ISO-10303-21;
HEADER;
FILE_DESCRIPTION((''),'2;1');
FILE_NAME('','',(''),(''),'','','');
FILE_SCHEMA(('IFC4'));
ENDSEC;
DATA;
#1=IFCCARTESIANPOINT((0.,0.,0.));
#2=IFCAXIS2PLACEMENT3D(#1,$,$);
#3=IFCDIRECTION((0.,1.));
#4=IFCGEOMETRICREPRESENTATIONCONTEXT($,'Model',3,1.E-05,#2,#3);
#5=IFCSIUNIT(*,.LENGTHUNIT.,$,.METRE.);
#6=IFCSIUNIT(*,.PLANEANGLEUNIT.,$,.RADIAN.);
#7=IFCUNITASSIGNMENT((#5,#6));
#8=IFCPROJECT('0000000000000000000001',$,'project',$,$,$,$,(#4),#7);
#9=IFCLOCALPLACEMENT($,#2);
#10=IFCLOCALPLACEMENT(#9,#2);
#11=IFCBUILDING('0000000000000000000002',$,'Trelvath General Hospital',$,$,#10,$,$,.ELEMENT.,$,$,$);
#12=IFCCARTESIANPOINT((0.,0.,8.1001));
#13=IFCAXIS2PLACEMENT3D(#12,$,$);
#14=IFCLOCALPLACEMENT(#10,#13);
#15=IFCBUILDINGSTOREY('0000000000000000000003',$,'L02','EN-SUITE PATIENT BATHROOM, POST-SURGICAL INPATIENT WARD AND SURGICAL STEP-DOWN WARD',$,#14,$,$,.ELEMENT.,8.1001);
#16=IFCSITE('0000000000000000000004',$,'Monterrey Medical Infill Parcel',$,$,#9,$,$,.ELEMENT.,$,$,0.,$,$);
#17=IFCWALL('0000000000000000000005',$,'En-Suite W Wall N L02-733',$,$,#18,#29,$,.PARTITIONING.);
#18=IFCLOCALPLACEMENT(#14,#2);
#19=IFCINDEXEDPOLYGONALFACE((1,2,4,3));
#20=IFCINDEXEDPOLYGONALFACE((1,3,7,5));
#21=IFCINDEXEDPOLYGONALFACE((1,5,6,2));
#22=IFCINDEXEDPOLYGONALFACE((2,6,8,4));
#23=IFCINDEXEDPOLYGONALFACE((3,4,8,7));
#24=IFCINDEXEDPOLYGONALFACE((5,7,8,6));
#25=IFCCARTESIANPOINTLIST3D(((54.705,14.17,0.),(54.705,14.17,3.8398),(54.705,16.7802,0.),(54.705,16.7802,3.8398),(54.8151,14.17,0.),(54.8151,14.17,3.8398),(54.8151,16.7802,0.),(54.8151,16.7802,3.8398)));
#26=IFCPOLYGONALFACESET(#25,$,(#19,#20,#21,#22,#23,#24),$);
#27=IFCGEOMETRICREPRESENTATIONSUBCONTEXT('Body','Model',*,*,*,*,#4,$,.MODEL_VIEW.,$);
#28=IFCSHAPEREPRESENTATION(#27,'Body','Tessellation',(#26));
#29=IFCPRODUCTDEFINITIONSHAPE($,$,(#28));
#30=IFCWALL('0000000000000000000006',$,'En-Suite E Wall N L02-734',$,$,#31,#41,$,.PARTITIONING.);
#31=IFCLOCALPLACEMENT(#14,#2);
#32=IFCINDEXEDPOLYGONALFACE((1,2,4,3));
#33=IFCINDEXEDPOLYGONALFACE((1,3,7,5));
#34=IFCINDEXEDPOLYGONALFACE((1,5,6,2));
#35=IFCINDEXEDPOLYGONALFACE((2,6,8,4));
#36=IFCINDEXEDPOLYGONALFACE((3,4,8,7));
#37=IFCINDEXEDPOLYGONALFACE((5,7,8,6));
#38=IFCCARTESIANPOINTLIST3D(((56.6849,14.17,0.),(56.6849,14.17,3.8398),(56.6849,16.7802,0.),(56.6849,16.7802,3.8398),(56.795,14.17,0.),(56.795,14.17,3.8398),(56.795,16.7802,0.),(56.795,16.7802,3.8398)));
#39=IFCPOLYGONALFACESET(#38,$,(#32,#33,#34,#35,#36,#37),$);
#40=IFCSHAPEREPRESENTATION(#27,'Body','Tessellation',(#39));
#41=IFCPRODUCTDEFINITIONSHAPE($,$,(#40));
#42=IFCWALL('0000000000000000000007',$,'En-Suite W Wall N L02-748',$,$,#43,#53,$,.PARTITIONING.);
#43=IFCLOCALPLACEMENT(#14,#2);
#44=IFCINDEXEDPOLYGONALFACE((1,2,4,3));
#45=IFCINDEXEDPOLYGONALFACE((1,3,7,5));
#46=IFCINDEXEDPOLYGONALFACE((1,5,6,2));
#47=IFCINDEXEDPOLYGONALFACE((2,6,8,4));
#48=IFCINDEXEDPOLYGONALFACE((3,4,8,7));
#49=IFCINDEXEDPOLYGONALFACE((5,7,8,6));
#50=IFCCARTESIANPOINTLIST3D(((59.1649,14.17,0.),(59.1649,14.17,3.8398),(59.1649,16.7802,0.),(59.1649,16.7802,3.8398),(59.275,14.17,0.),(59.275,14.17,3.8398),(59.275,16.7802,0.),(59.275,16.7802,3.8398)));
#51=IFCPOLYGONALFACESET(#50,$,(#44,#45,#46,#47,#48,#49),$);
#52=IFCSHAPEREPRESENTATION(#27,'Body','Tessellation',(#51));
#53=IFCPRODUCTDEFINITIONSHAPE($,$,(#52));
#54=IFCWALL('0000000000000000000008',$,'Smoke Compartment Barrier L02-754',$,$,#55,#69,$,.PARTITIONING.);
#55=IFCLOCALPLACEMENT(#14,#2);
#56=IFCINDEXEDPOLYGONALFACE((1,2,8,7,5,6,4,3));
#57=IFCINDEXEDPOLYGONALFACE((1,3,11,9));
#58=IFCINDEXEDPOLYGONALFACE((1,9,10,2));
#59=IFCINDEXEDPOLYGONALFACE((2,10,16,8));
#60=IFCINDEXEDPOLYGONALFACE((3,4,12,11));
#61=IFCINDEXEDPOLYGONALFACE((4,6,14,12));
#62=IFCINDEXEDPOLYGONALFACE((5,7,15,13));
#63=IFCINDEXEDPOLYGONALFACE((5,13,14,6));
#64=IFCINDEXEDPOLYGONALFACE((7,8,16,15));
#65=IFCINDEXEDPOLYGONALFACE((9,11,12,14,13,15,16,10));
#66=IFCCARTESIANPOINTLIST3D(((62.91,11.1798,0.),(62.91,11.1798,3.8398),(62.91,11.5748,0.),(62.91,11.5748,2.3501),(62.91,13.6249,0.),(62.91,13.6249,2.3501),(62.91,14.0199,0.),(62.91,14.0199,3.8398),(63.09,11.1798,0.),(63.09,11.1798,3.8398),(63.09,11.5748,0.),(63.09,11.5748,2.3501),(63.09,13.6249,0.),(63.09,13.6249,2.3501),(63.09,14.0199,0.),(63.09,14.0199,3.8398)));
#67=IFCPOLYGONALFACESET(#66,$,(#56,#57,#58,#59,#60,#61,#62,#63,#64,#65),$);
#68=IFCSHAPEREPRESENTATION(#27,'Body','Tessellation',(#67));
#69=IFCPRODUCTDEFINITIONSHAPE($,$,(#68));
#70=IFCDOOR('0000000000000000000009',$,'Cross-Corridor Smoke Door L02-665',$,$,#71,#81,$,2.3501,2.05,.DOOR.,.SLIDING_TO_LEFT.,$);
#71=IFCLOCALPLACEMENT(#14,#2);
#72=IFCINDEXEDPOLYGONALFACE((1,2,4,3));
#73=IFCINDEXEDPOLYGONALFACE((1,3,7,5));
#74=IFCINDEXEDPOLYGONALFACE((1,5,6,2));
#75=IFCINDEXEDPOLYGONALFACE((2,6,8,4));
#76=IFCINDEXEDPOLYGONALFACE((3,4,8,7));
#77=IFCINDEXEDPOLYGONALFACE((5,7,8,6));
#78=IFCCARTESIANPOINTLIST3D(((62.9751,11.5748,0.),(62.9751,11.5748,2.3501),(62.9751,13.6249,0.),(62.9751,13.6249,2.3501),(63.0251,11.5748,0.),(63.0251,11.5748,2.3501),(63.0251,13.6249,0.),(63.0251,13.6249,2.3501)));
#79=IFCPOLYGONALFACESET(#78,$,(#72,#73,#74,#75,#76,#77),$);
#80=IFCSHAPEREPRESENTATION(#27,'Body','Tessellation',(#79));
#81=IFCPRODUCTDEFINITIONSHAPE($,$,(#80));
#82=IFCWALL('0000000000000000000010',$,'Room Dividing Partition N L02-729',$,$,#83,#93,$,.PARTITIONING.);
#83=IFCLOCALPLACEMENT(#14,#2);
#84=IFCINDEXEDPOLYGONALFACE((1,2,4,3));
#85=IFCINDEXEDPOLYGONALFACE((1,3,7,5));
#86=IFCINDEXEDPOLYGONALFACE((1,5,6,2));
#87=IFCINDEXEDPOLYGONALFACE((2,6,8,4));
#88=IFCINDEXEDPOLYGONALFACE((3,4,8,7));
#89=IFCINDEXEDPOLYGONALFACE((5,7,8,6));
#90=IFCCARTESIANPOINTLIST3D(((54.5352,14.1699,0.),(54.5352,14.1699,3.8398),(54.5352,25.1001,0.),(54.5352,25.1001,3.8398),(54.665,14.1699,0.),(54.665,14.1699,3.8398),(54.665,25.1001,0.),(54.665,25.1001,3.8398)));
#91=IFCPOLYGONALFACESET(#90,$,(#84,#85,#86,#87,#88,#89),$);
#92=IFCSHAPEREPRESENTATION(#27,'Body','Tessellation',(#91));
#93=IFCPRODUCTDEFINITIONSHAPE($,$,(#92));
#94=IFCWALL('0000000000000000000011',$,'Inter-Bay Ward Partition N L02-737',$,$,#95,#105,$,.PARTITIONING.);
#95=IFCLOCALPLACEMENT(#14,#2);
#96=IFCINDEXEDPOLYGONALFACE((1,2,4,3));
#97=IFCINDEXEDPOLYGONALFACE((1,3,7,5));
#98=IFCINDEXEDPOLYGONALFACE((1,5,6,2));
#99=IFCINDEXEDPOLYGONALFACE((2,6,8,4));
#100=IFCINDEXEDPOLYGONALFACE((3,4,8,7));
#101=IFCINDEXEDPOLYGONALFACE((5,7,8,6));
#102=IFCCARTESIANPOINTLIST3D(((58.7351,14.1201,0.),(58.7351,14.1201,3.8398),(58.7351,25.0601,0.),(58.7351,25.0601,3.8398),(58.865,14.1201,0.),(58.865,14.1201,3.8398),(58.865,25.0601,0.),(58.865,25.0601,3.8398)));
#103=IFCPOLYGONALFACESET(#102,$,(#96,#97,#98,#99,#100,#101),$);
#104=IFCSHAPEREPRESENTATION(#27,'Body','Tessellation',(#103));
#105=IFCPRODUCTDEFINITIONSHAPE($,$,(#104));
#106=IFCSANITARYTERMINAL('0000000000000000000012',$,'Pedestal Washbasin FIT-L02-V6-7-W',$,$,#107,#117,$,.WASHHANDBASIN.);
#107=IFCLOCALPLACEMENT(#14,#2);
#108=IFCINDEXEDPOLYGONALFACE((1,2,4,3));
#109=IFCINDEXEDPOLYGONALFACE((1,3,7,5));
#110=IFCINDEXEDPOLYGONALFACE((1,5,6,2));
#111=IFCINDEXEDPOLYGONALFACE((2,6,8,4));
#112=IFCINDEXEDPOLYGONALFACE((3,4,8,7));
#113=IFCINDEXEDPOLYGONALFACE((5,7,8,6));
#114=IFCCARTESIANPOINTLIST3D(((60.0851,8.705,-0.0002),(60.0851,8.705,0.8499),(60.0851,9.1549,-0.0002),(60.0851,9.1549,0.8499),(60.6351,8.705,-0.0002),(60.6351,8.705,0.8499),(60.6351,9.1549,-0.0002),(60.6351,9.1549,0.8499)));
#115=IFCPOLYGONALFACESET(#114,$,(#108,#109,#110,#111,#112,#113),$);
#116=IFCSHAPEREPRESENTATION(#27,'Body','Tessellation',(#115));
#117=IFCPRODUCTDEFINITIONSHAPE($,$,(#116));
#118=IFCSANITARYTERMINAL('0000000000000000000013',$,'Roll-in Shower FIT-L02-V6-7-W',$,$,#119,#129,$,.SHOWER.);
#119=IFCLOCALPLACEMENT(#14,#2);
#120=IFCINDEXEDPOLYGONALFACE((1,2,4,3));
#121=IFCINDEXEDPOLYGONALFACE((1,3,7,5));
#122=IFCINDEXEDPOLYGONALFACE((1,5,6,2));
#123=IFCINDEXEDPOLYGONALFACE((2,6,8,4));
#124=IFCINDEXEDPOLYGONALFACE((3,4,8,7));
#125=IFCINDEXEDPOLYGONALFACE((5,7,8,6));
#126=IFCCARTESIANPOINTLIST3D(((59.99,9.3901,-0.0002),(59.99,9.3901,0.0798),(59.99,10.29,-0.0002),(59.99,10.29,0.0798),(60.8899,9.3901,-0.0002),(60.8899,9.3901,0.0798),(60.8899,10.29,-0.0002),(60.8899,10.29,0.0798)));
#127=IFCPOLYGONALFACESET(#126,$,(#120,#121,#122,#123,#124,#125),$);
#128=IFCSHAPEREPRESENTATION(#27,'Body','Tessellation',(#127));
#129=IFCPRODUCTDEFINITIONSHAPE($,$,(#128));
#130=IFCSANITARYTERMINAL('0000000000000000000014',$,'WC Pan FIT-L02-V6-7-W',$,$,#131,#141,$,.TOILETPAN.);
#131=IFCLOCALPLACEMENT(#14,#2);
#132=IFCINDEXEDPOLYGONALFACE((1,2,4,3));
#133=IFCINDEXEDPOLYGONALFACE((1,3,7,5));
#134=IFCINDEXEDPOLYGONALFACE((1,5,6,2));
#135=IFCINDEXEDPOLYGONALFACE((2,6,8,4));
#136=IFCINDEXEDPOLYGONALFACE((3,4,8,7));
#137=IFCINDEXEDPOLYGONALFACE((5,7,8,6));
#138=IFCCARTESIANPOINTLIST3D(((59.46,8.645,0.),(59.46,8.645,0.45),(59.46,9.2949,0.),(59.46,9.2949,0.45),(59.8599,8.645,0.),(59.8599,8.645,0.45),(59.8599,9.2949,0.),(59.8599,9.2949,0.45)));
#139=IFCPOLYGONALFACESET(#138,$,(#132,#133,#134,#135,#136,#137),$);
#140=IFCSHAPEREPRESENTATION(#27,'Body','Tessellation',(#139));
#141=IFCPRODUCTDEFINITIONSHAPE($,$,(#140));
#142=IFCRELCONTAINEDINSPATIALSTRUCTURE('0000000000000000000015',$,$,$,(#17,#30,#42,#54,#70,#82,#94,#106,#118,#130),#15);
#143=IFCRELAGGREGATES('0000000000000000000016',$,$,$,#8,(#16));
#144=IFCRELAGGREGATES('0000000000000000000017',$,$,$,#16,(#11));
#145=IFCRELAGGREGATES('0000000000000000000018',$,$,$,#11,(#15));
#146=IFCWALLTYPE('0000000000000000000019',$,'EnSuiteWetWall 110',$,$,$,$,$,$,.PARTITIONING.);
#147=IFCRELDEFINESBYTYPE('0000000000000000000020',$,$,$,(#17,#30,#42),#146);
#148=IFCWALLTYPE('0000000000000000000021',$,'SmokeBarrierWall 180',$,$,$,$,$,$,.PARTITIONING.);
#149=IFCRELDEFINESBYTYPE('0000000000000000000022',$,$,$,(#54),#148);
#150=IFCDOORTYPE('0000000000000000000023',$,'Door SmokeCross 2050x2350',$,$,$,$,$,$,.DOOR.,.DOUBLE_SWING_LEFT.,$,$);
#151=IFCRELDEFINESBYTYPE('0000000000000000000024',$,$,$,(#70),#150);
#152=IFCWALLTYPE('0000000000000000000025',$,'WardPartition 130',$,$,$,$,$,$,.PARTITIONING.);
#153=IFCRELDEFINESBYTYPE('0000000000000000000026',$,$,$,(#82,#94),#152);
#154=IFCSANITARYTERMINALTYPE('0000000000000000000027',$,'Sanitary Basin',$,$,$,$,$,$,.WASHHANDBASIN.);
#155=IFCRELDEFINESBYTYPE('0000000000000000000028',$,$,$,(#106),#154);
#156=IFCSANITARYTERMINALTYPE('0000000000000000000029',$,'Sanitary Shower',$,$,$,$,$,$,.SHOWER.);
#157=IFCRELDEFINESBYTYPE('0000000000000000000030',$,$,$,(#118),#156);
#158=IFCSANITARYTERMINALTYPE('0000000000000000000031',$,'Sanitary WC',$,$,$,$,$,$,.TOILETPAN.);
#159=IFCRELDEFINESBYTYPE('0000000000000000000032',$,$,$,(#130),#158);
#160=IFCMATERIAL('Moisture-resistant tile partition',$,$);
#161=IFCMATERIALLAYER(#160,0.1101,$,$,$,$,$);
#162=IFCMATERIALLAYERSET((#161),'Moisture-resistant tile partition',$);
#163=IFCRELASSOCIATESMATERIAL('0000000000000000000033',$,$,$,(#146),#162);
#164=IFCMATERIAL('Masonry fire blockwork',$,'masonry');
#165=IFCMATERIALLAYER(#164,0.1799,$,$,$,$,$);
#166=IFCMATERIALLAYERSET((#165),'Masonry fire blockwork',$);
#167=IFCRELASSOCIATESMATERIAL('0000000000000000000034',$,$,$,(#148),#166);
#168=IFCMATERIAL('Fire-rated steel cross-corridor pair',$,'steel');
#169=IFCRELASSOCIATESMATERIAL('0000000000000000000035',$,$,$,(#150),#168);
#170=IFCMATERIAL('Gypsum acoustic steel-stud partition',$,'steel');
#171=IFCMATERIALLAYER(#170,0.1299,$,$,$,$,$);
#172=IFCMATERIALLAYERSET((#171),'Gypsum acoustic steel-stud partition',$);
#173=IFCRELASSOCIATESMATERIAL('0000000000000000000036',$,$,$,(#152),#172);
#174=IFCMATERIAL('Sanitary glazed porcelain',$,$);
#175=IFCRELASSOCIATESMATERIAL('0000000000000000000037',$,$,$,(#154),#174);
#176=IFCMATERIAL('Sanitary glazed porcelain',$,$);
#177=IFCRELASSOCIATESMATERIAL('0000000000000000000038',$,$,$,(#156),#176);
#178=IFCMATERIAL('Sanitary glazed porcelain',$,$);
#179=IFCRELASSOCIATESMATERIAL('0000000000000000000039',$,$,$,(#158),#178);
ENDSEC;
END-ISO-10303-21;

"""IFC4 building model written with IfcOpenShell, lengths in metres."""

from ifc_helpers import new_model, si_unit, direction, frame, frame_2d, origin, origin_2d, place, context, subcontext, project, spatial, rectangle, extrude, material, layer, layer_set, type_object, element, fill, save


model = new_model("IFC4")

# Units and contexts
model_context = context("Model", 3, precision=1e-05, world=origin(), true_north=direction((0.0, 1.0)))
body_context = subcontext(model_context, "Body", "Model", "MODEL_VIEW")
ifc_project = project(units=[si_unit("LENGTHUNIT", "METRE"), si_unit("PLANEANGLEUNIT", "RADIAN")], contexts=[model_context])

# Site, building, storey
site_placement = place(None, origin())
site = spatial("IfcSite", under=ifc_project, at=site_placement, Name="Monterrey Medical Infill Parcel", CompositionType="ELEMENT", RefElevation=0.0)
building_placement = place(site_placement, origin())
building = spatial("IfcBuilding", under=site, at=building_placement, Name="Trelvath General Hospital", CompositionType="ELEMENT")
storey_placement = place(building_placement, frame((0.0, 0.0, 8.1001)))
storey = spatial("IfcBuildingStorey", under=building, at=storey_placement, Name="L02", Description="EN-SUITE PATIENT BATHROOM, POST-SURGICAL INPATIENT WARD AND SURGICAL STEP-DOWN WARD", CompositionType="ELEMENT", Elevation=8.1001)

# Walls
ifc_material_1 = material(Name="Moisture-resistant tile partition")
ifc_layer_1 = layer(ifc_material_1, 0.1101)
ifc_layer_set_1 = layer_set([ifc_layer_1], Name="Moisture-resistant tile partition")
wall_type_1 = type_object("IfcWallType", Name="EnSuiteWetWall 110", PredefinedType="PARTITIONING", material=ifc_layer_set_1)
for number, where, z_axis, x_axis, name in (
    (1, (54.76, 14.1699, 0.0), (0.0, 0.0, 1.0), (0.0, 1.0, 0.0), "En-Suite W Wall N L02-733"),
    (2, (56.74, 14.1699, 0.0), (0.0, 0.0, 1.0), (0.0, 1.0, 0.0), "En-Suite E Wall N L02-734"),
    (3, (59.22, 14.1699, 0.0), (0.0, 0.0, 1.0), (0.0, 1.0, 0.0), "En-Suite W Wall N L02-748"),
):
    element("IfcWall", number, at=place(storey_placement, frame(where, z_axis=z_axis, x_axis=x_axis)), inside=storey, type_object=wall_type_1, Name=name, PredefinedType="PARTITIONING", context=body_context, shape_type="SweptSolid", body=[
        extrude(rectangle(XDim=2.6101, YDim=0.1101, at=frame_2d((1.3052, 0.0))), origin(), (0.0, 0.0, 1.0), 3.8398),
    ])

# Wall, opening, door
ifc_material_2 = material(Name="Masonry fire blockwork", Category="masonry")
ifc_layer_2 = layer(ifc_material_2, 0.1799)
ifc_layer_set_2 = layer_set([ifc_layer_2], Name="Masonry fire blockwork")
wall_type_2 = type_object("IfcWallType", Name="SmokeBarrierWall 180", PredefinedType="PARTITIONING", material=ifc_layer_set_2)
wall_1_placement = place(storey_placement, frame((63.0, 11.1799, 0.0), z_axis=(0.0, 0.0, 1.0), x_axis=(0.0, 1.0, 0.0)))
wall_1 = element("IfcWall", 4, at=wall_1_placement, inside=storey, type_object=wall_type_2, Name="Smoke Compartment Barrier L02-754", PredefinedType="PARTITIONING", context=body_context, shape_type="SweptSolid", body=[
    extrude(rectangle(XDim=2.8401, YDim=0.1799, at=frame_2d((1.4199, 0.0))), origin(), (0.0, 0.0, 1.0), 3.8398),
])
opening_1_placement = place(wall_1_placement, frame((0.395, 0.0, 0.0)))
opening_1 = element("IfcOpeningElement", 5, at=opening_1_placement, cuts=wall_1, PredefinedType="OPENING", context=body_context, shape_type="SweptSolid", body=[
    extrude(rectangle(XDim=2.05, YDim=2.3501, at=frame_2d((1.0249, 1.175))), frame((0.0, 0.0999, 0.0), z_axis=(0.0, -1.0, 0.0), x_axis=(1.0, 0.0, 0.0)), (0.0, 0.0, 1.0), 0.2),
])
ifc_material_3 = material(Name="Fire-rated steel cross-corridor pair", Category="steel")
door_type_1 = type_object("IfcDoorType", Name="Door SmokeCross 2050x2350", OperationType="DOUBLE_SWING_LEFT", PredefinedType="DOOR", material=ifc_material_3)
door_1_placement = place(opening_1_placement, origin())
door_1 = element("IfcDoor", 6, at=door_1_placement, inside=storey, type_object=door_type_1, Name="Cross-Corridor Smoke Door L02-665", OperationType="SLIDING_TO_LEFT", OverallHeight=2.3501, OverallWidth=2.05, PredefinedType="DOOR", context=body_context, shape_type="SweptSolid", body=[
    extrude(rectangle(XDim=2.05, YDim=2.3501, at=frame_2d((1.0249, 1.175))), frame((0.0, 0.0249, 0.0), z_axis=(0.0, -1.0, 0.0), x_axis=(1.0, 0.0, 0.0)), (0.0, 0.0, 1.0), 0.05),
])
fill(opening_1, door_1)

# Walls
ifc_material_4 = material(Name="Gypsum acoustic steel-stud partition", Category="steel")
ifc_layer_3 = layer(ifc_material_4, 0.1299)
ifc_layer_set_3 = layer_set([ifc_layer_3], Name="Gypsum acoustic steel-stud partition")
wall_type_3 = type_object("IfcWallType", Name="WardPartition 130", PredefinedType="PARTITIONING", material=ifc_layer_set_3)
wall_2_placement = place(storey_placement, frame((54.6001, 14.1699, 0.0), z_axis=(0.0, 0.0, 1.0), x_axis=(0.0, 1.0, 0.0)))
element("IfcWall", 7, at=wall_2_placement, inside=storey, type_object=wall_type_3, Name="Room Dividing Partition N L02-729", PredefinedType="PARTITIONING", context=body_context, shape_type="SweptSolid", body=[
    extrude(rectangle(XDim=10.9302, YDim=0.1299, at=frame_2d((5.4651, 0.0))), origin(), (0.0, 0.0, 1.0), 3.8398),
])
wall_3_placement = place(storey_placement, frame((58.8, 14.1201, 0.0), z_axis=(0.0, 0.0, 1.0), x_axis=(0.0, 1.0, 0.0)))
element("IfcWall", 8, at=wall_3_placement, inside=storey, type_object=wall_type_3, Name="Inter-Bay Ward Partition N L02-737", PredefinedType="PARTITIONING", context=body_context, shape_type="SweptSolid", body=[
    extrude(rectangle(XDim=10.9399, YDim=0.1299, at=frame_2d((5.47, 0.0))), origin(), (0.0, 0.0, 1.0), 3.8398),
])

# Sanitary terminals
ifc_material_5 = material(Name="Sanitary glazed porcelain")
sanitary_terminal_type_1 = type_object("IfcSanitaryTerminalType", Name="Sanitary Basin", PredefinedType="WASHHANDBASIN", material=ifc_material_5)
sanitary_terminal_1_placement = place(storey_placement, frame((60.3601, 8.9299, -0.0002), z_axis=(0.0, 0.0, 1.0), x_axis=(1.0, 0.0, 0.0)))
element("IfcSanitaryTerminal", 9, at=sanitary_terminal_1_placement, inside=storey, type_object=sanitary_terminal_type_1, Name="Pedestal Washbasin FIT-L02-V6-7-W", PredefinedType="WASHHANDBASIN", context=body_context, shape_type="SweptSolid", body=[
    extrude(rectangle(XDim=0.55, YDim=0.45, at=origin_2d()), origin(), (0.0, 0.0, 1.0), 0.8501),
])
ifc_material_6 = material(Name="Sanitary glazed porcelain")
sanitary_terminal_type_2 = type_object("IfcSanitaryTerminalType", Name="Sanitary Shower", PredefinedType="SHOWER", material=ifc_material_6)
sanitary_terminal_2_placement = place(storey_placement, frame((60.4399, 9.8401, -0.0002), z_axis=(0.0, 0.0, 1.0), x_axis=(1.0, 0.0, 0.0)))
element("IfcSanitaryTerminal", 10, at=sanitary_terminal_2_placement, inside=storey, type_object=sanitary_terminal_type_2, Name="Roll-in Shower FIT-L02-V6-7-W", PredefinedType="SHOWER", context=body_context, shape_type="SweptSolid", body=[
    extrude(rectangle(XDim=0.8999, YDim=0.8999, at=origin_2d()), origin(), (0.0, 0.0, 1.0), 0.0801),
])
ifc_material_7 = material(Name="Sanitary glazed porcelain")
sanitary_terminal_type_3 = type_object("IfcSanitaryTerminalType", Name="Sanitary WC", PredefinedType="TOILETPAN", material=ifc_material_7)
sanitary_terminal_3_placement = place(storey_placement, frame((59.6599, 8.97, 0.0), z_axis=(0.0, 0.0, 1.0), x_axis=(1.0, 0.0, 0.0)))
element("IfcSanitaryTerminal", 11, at=sanitary_terminal_3_placement, inside=storey, type_object=sanitary_terminal_type_3, Name="WC Pan FIT-L02-V6-7-W", PredefinedType="TOILETPAN", context=body_context, shape_type="SweptSolid", body=[
    extrude(rectangle(XDim=0.3999, YDim=0.6499, at=origin_2d()), origin(), (0.0, 0.0, 1.0), 0.45),
])

save(model, "model.ifc")
